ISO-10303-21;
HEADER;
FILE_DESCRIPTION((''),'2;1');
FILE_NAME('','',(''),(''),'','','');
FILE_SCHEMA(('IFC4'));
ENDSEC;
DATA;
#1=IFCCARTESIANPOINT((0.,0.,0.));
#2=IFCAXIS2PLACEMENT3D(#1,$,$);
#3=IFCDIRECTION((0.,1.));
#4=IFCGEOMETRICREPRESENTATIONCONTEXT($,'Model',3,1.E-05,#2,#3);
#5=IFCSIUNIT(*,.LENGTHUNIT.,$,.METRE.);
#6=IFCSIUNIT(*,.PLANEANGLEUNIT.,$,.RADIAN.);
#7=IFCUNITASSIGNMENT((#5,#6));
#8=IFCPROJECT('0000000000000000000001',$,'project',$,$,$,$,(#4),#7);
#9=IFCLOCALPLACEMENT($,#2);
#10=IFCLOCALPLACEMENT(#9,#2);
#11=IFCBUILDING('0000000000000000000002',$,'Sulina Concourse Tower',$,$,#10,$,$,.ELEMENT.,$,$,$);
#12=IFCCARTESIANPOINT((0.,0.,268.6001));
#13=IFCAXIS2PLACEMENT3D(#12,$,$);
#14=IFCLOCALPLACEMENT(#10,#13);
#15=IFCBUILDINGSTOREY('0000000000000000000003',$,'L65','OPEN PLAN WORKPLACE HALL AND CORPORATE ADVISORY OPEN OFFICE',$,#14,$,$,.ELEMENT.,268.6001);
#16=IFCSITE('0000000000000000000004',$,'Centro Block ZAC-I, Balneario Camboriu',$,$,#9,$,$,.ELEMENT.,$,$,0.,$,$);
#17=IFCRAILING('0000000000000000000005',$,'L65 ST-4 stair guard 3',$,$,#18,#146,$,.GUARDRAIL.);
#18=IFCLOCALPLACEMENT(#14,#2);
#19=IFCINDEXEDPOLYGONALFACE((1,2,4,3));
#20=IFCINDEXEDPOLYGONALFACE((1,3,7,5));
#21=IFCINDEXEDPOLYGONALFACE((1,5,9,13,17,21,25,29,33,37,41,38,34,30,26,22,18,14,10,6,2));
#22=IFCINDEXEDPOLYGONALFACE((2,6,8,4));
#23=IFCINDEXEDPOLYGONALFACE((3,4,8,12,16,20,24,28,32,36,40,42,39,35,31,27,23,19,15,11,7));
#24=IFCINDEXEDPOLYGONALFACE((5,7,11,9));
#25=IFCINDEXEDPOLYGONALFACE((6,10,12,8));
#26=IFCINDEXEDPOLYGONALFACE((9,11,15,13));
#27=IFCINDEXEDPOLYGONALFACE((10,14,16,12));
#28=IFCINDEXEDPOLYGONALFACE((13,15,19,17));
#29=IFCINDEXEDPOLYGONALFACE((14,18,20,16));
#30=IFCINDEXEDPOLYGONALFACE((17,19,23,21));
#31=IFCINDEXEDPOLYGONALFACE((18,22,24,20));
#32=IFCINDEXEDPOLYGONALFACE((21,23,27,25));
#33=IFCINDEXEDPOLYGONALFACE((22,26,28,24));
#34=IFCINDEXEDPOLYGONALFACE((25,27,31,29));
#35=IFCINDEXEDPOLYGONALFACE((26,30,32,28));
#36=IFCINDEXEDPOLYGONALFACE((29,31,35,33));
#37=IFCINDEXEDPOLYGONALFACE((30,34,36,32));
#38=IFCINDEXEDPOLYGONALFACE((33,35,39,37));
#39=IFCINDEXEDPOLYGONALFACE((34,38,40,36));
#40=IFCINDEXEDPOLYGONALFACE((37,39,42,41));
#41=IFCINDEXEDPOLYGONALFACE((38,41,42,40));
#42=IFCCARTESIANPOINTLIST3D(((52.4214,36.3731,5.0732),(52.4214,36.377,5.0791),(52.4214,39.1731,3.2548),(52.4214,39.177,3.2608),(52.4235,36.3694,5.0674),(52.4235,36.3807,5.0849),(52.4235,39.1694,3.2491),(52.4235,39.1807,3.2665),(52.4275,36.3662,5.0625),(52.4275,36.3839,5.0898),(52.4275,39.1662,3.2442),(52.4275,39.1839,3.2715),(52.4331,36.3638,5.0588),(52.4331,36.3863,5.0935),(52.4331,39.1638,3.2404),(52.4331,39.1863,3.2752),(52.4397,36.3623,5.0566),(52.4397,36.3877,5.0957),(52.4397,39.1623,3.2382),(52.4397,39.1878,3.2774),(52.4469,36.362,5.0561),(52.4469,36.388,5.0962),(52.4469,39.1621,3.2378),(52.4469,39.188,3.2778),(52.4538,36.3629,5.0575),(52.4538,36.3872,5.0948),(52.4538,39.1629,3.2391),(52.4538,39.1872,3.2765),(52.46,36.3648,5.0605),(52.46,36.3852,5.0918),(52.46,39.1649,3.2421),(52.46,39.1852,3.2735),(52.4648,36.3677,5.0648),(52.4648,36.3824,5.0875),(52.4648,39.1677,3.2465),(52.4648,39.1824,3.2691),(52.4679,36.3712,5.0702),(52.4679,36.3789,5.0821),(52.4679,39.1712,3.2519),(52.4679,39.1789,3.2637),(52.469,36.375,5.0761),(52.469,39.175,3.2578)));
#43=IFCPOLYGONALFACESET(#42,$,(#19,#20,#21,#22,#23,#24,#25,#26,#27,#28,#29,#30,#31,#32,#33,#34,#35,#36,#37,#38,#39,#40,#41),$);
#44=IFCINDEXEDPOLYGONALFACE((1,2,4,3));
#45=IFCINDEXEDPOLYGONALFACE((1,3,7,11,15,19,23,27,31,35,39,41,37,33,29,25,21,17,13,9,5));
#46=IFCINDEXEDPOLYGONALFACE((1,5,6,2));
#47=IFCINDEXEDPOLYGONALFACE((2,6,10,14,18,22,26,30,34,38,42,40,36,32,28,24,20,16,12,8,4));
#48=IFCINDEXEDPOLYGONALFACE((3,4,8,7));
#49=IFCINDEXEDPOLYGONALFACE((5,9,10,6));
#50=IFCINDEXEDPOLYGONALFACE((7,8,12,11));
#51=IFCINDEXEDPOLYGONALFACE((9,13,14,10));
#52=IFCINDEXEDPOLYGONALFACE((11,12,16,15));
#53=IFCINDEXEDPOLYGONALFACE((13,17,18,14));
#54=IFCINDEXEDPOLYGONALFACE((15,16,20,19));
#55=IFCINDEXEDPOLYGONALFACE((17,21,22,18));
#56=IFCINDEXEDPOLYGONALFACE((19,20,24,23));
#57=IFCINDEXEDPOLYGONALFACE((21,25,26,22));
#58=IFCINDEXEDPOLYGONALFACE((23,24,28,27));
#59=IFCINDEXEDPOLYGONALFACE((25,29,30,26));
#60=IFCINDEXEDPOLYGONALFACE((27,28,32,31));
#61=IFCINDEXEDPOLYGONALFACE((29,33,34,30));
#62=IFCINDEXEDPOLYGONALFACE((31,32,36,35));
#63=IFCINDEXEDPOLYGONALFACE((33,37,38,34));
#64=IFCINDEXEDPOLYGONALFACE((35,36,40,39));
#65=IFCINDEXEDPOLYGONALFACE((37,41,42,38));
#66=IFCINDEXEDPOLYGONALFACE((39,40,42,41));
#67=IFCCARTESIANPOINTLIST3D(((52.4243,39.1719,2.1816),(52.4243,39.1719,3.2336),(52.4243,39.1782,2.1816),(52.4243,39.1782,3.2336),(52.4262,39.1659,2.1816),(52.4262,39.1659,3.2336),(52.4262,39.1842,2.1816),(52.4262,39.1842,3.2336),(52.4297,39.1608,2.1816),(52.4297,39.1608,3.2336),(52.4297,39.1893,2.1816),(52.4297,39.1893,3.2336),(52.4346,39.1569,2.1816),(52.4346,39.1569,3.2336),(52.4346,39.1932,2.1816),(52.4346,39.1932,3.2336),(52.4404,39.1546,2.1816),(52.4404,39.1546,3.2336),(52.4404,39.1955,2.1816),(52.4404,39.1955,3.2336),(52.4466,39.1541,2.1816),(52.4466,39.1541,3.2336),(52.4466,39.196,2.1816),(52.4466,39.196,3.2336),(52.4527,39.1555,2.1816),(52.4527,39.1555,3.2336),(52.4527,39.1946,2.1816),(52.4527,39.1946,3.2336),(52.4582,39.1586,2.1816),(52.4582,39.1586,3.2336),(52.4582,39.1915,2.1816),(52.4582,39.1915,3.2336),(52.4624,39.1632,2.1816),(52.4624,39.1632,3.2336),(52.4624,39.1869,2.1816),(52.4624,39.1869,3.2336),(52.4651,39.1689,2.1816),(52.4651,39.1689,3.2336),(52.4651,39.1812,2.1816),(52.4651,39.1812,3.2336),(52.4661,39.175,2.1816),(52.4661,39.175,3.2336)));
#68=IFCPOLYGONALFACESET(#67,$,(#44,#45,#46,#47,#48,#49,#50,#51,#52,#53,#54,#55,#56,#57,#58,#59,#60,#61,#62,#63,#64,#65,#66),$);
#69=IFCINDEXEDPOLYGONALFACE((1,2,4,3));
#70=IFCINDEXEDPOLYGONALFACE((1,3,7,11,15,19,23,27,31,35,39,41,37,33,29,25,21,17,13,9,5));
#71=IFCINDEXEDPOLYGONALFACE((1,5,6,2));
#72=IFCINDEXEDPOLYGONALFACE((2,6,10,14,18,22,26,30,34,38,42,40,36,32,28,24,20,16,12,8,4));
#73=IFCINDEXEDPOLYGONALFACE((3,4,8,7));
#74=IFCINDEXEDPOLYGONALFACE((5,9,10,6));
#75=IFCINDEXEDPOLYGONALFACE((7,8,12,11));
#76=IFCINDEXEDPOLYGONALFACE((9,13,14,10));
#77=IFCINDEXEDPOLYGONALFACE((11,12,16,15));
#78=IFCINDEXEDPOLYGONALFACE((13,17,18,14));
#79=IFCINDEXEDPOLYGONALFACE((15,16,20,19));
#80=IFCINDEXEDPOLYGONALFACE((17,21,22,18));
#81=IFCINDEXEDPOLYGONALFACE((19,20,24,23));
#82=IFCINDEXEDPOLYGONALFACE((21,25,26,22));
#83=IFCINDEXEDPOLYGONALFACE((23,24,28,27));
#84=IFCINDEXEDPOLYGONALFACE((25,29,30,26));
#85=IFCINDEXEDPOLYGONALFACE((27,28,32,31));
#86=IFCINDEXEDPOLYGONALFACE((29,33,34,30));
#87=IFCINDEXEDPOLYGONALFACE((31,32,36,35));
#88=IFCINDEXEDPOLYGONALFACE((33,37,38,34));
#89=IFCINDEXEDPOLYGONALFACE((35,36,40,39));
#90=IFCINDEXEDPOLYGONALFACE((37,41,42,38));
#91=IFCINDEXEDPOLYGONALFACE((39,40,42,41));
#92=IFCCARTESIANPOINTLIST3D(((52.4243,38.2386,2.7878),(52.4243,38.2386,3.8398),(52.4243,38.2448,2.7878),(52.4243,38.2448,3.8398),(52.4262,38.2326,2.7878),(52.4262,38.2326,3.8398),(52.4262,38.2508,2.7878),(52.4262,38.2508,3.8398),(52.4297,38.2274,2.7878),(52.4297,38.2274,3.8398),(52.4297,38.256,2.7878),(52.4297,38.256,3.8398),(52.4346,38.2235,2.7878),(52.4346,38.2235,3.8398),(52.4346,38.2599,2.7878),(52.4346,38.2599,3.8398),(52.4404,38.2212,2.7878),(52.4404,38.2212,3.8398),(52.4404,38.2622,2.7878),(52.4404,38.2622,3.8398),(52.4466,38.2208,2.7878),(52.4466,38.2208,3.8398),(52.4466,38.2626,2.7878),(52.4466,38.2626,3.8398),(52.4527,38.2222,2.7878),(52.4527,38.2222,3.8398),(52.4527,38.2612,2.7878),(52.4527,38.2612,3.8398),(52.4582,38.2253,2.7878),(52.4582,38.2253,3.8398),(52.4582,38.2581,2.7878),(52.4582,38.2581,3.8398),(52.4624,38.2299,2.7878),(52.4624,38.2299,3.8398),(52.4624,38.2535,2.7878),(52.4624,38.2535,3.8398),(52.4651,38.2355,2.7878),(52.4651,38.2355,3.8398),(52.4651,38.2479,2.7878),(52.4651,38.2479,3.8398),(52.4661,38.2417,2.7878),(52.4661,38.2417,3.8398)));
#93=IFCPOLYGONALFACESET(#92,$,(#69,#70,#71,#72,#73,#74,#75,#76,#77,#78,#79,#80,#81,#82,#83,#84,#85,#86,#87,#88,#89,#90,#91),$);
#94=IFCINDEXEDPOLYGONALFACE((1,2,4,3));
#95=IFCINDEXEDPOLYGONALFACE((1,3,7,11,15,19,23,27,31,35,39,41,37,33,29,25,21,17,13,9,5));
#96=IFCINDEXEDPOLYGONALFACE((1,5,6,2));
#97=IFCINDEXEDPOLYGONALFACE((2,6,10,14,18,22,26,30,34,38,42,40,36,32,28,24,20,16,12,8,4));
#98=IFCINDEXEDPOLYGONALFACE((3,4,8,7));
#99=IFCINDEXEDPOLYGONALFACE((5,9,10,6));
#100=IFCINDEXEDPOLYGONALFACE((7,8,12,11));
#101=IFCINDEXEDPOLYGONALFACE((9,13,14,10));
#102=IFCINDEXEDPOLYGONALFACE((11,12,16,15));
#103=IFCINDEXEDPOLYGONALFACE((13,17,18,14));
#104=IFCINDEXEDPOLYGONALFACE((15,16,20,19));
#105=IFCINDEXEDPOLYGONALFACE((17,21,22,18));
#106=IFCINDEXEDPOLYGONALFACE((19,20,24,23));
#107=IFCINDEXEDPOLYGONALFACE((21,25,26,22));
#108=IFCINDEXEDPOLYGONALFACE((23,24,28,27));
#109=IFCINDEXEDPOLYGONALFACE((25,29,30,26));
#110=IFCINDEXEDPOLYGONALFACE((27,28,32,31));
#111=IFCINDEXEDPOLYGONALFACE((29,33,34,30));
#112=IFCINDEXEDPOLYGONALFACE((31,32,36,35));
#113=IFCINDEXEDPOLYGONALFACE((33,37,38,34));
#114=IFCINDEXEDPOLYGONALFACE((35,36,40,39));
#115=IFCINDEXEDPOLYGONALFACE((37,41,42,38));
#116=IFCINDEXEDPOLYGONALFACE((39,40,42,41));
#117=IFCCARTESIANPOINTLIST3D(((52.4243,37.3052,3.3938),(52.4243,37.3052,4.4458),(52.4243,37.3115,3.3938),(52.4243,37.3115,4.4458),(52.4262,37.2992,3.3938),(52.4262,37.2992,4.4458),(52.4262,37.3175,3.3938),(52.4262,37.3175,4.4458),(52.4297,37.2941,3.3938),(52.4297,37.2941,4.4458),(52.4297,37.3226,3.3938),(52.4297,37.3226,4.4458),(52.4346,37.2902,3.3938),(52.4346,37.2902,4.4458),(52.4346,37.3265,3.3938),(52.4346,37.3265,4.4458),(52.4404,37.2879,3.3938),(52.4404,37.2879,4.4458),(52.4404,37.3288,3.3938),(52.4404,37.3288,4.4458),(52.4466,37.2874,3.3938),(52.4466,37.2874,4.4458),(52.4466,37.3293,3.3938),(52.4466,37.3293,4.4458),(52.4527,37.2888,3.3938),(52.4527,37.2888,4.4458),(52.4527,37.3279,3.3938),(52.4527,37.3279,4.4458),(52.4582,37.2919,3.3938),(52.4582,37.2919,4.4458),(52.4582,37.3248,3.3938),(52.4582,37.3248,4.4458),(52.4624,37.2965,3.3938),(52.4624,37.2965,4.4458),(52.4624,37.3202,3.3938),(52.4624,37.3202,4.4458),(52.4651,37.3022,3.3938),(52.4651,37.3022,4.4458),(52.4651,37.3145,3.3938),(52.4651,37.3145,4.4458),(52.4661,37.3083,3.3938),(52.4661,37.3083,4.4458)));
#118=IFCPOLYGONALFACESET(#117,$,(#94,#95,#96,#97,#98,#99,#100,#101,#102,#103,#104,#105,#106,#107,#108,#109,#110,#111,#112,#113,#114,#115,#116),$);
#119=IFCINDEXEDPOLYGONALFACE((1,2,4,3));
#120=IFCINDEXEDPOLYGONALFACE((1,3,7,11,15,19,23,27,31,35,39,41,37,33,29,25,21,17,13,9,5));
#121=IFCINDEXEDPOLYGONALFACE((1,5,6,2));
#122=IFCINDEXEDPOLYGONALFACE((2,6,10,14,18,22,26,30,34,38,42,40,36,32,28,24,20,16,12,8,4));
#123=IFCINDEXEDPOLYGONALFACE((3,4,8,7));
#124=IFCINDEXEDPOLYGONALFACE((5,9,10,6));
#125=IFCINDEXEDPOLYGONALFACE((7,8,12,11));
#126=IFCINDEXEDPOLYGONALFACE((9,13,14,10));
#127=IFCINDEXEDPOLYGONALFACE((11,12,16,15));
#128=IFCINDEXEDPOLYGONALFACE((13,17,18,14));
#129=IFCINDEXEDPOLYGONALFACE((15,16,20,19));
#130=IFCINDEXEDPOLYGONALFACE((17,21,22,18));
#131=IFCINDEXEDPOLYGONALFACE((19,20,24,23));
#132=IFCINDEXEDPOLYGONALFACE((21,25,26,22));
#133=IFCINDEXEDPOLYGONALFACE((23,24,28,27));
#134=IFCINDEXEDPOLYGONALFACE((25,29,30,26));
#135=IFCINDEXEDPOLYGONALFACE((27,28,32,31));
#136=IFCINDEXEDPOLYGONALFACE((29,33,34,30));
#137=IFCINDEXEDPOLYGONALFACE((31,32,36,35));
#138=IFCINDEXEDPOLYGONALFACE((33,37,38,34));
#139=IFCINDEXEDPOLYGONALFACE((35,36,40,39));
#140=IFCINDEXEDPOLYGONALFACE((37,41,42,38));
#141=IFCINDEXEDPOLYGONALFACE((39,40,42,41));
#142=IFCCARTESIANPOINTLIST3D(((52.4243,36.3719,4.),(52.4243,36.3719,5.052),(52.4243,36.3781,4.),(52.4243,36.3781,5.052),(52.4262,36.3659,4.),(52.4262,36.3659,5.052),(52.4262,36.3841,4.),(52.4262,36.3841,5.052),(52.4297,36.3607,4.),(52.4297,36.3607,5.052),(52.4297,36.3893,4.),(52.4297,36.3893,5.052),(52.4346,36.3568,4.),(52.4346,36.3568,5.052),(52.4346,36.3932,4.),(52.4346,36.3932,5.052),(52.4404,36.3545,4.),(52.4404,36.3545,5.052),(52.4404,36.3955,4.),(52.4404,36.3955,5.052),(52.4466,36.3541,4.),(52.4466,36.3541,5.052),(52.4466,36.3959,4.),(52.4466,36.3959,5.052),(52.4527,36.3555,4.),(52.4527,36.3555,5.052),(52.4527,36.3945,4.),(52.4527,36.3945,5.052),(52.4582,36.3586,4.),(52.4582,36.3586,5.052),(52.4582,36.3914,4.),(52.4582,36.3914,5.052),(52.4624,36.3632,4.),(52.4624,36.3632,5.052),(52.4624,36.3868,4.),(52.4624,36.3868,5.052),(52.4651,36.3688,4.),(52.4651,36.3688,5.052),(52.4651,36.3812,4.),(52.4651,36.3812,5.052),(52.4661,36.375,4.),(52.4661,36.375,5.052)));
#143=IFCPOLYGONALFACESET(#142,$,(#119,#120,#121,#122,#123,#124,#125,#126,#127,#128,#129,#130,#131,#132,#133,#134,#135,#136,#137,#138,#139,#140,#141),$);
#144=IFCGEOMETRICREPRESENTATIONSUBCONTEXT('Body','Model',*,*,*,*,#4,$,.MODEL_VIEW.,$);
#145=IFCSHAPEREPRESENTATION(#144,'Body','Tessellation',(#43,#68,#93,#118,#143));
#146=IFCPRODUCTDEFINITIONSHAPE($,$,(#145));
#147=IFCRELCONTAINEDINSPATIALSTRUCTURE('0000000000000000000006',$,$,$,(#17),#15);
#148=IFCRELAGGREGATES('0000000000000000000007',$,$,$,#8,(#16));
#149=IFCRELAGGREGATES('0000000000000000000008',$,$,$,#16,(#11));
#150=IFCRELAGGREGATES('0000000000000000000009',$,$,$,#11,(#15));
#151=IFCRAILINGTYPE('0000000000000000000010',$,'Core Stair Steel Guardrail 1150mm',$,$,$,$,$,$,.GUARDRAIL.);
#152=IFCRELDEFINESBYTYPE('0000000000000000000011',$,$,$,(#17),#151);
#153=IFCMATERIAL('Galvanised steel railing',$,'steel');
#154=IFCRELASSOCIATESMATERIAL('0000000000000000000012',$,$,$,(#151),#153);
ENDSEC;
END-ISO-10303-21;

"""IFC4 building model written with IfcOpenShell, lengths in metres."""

from ifc_helpers import new_model, si_unit, direction, frame, origin, origin_2d, place, context, subcontext, project, spatial, circle, extrude, material, type_object, element, save


model = new_model("IFC4")

# Units and contexts
model_context = context("Model", 3, precision=1e-05, world=origin(), true_north=direction((0.0, 1.0)))
body_context = subcontext(model_context, "Body", "Model", "MODEL_VIEW")
ifc_project = project(units=[si_unit("LENGTHUNIT", "METRE"), si_unit("PLANEANGLEUNIT", "RADIAN")], contexts=[model_context])

# Site, building, storey
site_placement = place(None, origin())
site = spatial("IfcSite", under=ifc_project, at=site_placement, Name="Centro Block ZAC-I, Balneario Camboriu", CompositionType="ELEMENT", RefElevation=0.0)
building_placement = place(site_placement, origin())
building = spatial("IfcBuilding", under=site, at=building_placement, Name="Sulina Concourse Tower", CompositionType="ELEMENT")
storey_placement = place(building_placement, frame((0.0, 0.0, 268.6001)))
storey = spatial("IfcBuildingStorey", under=building, at=storey_placement, Name="L65", Description="OPEN PLAN WORKPLACE HALL AND CORPORATE ADVISORY OPEN OFFICE", CompositionType="ELEMENT", Elevation=268.6001)

# Railing
ifc_material_1 = material(Name="Galvanised steel railing", Category="steel")
railing_type_1 = type_object("IfcRailingType", Name="Core Stair Steel Guardrail 1150mm", PredefinedType="GUARDRAIL", material=ifc_material_1)
railing_1_placement = place(storey_placement, frame((52.4451, 39.175, 2.1816)))
element("IfcRailing", 1, at=railing_1_placement, inside=storey, type_object=railing_type_1, Name="L65 ST-4 stair guard 3", PredefinedType="GUARDRAIL", context=body_context, shape_type="SweptSolid", body=[
    extrude(circle(Radius=0.0239, at=origin_2d()), frame((0.0, 0.0, 1.0762), z_axis=(0.0, -0.838672, 0.544636), x_axis=(1.0, 0.0, 0.0)), (0.0, 0.0, 1.0), 3.3386),
    extrude(circle(Radius=0.021, at=origin_2d()), origin(), (0.0, 0.0, 1.0), 1.052),
    extrude(circle(Radius=0.021, at=origin_2d()), frame((0.0, -0.9333, 0.6062)), (0.0, 0.0, 1.0), 1.052),
    extrude(circle(Radius=0.021, at=origin_2d()), frame((0.0, -1.8667, 1.2122)), (0.0, 0.0, 1.0), 1.052),
    extrude(circle(Radius=0.021, at=origin_2d()), frame((0.0, -2.8, 1.8184)), (0.0, 0.0, 1.0), 1.052),
])

save(model, "model.ifc")
